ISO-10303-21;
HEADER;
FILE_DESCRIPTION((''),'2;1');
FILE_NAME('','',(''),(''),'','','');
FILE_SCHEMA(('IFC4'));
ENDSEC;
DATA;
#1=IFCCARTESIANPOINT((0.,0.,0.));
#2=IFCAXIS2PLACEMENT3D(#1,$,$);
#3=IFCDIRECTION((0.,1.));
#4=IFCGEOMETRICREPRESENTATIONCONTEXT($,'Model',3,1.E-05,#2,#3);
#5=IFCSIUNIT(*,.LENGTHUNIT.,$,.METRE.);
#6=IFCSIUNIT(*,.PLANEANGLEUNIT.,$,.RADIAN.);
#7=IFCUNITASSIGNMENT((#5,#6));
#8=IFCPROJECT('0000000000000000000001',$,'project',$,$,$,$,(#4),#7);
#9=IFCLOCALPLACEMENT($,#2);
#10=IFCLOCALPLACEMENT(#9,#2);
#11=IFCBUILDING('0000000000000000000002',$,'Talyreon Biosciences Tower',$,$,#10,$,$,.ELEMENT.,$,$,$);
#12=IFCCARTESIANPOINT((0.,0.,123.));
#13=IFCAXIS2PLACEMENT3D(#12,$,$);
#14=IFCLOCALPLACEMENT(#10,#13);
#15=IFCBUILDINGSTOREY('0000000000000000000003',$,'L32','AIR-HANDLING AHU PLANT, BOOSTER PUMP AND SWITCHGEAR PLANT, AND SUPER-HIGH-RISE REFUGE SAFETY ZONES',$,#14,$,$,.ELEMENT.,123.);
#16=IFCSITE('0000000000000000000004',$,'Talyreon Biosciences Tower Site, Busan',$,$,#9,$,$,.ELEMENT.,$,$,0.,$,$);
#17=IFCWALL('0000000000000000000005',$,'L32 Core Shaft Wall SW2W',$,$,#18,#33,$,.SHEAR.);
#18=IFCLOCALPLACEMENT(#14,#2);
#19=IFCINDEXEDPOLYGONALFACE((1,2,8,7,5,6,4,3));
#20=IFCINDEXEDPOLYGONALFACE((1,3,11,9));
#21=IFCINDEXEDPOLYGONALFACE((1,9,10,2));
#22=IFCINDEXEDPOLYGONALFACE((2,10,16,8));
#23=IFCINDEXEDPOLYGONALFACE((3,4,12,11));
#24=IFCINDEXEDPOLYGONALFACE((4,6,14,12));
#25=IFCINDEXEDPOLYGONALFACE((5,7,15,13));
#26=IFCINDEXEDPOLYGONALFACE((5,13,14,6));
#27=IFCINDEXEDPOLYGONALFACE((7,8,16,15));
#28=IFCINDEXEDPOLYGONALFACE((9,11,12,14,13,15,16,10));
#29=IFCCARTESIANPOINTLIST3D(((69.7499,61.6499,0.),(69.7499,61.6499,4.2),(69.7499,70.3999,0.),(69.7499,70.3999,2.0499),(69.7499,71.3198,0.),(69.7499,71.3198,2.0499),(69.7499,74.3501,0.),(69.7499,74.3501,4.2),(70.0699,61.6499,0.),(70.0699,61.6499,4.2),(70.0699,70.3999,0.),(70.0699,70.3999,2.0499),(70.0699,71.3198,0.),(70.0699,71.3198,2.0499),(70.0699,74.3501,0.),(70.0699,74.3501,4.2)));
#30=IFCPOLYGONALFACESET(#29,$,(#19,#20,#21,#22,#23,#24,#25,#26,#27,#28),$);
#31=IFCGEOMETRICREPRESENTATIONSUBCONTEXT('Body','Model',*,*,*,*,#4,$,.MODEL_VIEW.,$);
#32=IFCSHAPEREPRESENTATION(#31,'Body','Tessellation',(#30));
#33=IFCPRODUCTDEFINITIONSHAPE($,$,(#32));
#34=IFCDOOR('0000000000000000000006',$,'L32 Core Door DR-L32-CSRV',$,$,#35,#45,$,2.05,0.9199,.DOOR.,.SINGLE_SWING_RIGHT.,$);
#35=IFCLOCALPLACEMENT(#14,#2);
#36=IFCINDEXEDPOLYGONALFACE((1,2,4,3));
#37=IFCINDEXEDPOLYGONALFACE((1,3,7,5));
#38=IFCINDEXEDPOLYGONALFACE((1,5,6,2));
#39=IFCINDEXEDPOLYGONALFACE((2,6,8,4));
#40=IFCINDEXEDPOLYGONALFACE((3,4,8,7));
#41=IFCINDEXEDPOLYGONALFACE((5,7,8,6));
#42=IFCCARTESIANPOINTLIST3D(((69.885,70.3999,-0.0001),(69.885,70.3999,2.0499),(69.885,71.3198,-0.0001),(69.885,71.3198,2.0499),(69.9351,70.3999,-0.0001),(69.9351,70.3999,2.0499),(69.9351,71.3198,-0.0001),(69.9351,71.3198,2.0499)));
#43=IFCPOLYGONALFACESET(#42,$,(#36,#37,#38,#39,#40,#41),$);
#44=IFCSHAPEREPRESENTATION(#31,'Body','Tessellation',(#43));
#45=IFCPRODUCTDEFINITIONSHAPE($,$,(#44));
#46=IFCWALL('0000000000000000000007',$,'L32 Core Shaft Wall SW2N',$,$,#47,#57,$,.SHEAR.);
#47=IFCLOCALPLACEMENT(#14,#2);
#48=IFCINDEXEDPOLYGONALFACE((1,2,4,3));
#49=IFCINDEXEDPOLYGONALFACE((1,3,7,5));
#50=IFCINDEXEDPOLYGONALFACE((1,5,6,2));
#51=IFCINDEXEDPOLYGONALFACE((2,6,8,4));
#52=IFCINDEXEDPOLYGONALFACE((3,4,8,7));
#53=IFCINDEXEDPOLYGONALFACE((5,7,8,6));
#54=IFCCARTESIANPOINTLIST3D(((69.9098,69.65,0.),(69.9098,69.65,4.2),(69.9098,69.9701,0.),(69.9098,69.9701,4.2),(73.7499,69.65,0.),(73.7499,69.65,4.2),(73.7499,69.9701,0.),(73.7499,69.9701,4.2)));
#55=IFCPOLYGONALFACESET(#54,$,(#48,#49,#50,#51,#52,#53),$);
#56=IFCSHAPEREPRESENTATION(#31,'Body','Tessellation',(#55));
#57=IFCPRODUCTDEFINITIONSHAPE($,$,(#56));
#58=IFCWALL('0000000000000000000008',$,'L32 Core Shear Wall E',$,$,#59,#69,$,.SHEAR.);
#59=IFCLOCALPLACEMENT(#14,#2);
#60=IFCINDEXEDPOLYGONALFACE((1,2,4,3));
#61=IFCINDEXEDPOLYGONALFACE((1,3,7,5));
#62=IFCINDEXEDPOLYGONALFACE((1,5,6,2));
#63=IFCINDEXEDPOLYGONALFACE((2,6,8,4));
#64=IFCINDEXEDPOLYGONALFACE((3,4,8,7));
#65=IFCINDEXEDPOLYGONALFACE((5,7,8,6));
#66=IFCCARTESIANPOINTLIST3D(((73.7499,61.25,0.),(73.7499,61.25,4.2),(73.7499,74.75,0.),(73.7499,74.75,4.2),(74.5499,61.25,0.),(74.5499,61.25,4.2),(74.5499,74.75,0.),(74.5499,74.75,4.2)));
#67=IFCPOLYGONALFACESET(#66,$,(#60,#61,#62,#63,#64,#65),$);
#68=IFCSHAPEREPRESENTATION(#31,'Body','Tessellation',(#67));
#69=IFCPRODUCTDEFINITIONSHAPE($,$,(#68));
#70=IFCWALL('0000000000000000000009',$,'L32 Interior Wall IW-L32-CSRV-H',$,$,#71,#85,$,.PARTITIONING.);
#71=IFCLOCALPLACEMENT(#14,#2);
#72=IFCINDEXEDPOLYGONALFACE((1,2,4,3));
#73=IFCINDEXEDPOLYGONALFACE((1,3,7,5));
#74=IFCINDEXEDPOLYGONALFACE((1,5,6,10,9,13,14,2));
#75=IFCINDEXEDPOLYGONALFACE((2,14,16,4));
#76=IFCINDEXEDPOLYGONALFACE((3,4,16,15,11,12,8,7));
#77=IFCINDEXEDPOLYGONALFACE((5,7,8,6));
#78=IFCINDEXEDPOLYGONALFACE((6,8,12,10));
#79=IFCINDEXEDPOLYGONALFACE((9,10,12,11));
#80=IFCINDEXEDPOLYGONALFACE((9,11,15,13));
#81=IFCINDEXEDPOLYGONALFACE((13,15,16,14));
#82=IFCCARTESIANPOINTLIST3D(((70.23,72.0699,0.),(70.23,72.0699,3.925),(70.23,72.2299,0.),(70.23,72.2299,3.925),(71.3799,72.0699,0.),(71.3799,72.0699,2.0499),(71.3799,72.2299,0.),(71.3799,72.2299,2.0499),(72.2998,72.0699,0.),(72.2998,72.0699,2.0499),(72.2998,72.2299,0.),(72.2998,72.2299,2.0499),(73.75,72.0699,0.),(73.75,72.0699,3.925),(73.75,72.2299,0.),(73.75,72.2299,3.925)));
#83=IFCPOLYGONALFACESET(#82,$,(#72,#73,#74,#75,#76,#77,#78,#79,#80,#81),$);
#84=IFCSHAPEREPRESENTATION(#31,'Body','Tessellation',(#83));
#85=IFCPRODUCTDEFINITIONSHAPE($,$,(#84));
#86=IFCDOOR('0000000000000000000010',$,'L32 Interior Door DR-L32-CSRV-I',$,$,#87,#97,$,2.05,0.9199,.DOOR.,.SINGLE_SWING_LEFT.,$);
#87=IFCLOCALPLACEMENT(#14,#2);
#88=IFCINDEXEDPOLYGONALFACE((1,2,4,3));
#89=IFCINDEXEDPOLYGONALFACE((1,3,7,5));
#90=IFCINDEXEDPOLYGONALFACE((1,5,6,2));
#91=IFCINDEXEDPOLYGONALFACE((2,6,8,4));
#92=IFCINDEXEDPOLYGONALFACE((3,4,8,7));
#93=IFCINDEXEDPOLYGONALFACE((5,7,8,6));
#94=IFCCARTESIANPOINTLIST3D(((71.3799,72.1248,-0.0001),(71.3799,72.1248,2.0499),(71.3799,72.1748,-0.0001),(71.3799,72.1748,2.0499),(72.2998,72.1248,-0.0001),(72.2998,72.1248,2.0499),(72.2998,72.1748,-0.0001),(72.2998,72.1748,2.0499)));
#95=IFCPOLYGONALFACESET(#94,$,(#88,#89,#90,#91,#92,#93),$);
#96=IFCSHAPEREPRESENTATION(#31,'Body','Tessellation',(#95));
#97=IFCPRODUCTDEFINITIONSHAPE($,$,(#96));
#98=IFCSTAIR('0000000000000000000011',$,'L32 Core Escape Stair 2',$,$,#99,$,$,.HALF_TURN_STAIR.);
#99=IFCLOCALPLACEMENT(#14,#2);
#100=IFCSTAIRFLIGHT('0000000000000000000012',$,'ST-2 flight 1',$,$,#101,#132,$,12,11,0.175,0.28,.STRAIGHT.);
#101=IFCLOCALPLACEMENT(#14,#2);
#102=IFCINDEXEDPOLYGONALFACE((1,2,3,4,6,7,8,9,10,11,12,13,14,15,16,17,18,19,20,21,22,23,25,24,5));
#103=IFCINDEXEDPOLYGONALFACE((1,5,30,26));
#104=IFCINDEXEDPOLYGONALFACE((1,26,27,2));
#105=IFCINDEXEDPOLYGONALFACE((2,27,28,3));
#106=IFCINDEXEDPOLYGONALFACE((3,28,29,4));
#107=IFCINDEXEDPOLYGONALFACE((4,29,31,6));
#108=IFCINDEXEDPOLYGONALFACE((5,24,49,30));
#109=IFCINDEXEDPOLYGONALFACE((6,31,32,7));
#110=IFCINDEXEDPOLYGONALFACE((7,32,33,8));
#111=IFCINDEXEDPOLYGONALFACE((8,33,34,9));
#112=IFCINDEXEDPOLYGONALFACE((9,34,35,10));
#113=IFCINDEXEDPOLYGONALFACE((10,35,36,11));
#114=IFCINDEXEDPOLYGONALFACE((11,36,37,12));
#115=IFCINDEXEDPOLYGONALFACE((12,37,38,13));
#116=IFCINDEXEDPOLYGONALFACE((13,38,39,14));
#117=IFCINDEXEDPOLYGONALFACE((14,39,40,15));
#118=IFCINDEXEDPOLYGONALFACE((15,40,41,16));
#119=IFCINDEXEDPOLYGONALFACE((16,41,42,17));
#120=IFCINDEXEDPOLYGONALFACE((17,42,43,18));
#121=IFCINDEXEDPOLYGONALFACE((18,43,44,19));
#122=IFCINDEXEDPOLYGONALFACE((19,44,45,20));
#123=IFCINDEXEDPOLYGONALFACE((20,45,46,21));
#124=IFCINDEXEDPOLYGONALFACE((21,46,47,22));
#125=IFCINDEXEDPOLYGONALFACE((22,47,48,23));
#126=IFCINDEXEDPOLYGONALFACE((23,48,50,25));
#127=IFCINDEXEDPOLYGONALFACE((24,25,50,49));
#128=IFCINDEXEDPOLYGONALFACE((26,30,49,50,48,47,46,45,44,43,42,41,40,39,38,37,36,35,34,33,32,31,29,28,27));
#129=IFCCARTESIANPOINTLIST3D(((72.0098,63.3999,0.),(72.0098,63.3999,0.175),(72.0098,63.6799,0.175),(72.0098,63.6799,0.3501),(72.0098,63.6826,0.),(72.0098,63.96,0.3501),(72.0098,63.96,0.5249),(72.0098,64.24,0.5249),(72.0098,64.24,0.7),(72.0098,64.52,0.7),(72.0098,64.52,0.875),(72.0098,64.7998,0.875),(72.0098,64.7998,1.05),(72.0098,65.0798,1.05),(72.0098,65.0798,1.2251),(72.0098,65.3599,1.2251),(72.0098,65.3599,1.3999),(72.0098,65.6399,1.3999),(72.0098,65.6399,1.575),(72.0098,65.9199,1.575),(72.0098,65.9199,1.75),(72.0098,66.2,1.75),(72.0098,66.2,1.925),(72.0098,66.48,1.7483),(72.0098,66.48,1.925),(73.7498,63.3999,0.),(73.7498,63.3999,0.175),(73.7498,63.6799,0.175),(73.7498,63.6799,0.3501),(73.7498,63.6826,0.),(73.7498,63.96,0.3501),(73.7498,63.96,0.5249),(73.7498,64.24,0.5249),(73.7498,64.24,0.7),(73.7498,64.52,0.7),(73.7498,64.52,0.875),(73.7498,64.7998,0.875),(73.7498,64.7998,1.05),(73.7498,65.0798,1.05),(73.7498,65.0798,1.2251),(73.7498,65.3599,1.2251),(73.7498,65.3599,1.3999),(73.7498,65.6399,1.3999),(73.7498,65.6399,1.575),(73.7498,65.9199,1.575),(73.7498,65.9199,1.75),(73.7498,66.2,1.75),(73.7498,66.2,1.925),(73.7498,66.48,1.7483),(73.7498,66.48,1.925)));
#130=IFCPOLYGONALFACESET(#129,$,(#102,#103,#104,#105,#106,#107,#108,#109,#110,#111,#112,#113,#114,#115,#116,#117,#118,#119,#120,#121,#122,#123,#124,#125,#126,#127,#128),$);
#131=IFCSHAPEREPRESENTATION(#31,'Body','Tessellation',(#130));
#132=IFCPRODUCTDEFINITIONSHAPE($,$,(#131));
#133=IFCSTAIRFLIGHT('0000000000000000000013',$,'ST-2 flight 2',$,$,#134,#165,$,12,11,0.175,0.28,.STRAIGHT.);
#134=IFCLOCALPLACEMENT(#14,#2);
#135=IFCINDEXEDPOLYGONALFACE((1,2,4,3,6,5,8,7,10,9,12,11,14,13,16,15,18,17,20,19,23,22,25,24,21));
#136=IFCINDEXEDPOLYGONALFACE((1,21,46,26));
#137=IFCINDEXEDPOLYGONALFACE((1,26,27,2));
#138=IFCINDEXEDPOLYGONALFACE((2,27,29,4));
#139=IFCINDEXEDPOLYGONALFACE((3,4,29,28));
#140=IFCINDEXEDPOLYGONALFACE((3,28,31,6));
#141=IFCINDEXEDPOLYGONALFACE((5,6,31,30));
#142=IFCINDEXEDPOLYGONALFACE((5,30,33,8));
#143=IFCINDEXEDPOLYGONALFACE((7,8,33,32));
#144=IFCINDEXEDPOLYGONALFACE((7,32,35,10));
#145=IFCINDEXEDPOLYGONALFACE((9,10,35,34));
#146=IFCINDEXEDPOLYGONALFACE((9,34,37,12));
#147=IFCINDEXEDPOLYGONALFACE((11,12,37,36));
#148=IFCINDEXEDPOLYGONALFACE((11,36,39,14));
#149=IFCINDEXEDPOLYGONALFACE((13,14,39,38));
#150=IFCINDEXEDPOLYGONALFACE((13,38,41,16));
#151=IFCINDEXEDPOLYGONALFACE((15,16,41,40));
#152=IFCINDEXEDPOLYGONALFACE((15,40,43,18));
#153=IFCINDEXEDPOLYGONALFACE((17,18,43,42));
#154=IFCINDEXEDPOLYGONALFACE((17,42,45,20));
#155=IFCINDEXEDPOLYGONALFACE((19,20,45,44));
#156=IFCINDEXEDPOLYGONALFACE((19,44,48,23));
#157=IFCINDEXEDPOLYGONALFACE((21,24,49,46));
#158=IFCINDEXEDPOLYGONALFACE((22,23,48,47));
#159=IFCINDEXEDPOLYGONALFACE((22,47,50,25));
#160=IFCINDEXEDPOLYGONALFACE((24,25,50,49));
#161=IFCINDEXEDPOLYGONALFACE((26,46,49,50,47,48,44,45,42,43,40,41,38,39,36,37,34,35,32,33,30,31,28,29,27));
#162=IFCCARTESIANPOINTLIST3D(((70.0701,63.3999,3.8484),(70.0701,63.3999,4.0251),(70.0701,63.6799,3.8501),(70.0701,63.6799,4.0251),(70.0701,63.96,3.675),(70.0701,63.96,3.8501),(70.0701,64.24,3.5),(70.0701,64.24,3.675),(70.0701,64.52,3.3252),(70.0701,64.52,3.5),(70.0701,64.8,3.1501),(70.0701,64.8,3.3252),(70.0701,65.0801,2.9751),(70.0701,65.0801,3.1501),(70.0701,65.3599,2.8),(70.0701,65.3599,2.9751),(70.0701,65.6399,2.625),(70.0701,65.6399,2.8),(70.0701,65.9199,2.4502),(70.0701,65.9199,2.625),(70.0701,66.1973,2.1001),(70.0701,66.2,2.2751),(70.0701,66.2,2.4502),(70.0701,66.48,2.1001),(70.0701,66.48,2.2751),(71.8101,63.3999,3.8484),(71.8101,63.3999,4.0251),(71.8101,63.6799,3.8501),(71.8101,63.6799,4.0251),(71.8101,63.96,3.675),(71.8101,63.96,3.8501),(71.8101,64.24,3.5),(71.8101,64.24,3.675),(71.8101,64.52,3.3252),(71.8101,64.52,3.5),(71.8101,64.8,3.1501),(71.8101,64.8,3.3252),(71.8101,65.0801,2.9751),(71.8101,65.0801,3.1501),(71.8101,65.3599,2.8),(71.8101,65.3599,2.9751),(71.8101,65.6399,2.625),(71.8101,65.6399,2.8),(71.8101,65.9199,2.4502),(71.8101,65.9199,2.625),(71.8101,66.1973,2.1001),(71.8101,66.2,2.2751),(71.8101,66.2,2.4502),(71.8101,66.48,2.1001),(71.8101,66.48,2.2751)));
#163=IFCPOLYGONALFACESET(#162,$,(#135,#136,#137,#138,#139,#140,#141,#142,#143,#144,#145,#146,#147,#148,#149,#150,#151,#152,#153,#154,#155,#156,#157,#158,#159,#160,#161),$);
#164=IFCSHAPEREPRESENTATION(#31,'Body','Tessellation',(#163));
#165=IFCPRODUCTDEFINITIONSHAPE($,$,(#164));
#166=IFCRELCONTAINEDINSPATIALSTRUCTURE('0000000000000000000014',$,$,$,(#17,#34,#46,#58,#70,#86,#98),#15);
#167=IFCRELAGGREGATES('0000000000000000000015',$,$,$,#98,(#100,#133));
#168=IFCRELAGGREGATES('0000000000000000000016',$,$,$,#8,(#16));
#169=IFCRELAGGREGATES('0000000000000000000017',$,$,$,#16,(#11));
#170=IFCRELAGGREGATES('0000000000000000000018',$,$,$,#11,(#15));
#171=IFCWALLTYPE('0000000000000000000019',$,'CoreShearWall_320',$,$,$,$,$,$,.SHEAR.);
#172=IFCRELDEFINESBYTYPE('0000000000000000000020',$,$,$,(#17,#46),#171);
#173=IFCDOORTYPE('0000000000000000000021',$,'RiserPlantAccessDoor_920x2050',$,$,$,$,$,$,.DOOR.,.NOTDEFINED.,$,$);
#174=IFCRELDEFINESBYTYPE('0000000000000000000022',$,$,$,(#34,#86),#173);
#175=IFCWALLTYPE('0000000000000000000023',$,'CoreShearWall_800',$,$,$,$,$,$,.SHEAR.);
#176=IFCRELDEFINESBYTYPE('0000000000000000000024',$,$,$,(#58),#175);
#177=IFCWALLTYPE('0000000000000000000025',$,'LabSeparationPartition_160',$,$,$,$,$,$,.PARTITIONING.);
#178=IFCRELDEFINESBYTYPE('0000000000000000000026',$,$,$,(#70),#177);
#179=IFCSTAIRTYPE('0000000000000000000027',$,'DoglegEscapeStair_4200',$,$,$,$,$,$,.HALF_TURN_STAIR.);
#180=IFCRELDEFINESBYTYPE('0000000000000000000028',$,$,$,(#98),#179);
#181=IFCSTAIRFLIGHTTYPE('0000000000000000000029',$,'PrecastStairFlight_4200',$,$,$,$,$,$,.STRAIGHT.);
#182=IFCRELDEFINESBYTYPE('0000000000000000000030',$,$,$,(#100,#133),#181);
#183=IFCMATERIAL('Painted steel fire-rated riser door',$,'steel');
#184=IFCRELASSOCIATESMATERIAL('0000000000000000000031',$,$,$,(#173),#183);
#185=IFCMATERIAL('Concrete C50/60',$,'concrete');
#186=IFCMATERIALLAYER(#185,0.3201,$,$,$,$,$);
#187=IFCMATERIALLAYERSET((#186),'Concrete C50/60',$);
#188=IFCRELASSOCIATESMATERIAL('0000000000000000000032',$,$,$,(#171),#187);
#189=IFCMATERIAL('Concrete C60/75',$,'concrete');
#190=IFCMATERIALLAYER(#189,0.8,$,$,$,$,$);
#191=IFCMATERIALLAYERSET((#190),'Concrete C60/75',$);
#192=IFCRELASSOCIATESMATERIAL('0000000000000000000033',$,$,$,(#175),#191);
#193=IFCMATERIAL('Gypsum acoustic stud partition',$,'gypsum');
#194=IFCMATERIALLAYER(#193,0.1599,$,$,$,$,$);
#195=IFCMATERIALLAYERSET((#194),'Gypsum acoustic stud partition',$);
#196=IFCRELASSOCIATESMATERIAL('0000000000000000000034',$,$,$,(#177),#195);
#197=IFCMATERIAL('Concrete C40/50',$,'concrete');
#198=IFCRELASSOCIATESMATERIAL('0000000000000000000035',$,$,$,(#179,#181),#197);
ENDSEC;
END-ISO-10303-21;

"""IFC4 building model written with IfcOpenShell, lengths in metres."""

from ifc_helpers import new_model, si_unit, direction, frame, frame_2d, origin, place, context, subcontext, project, spatial, polyline, rectangle, outline, extrude, material, layer, layer_set, type_object, element, fill, aggregate, save


model = new_model("IFC4")

# Units and contexts
model_context = context("Model", 3, precision=1e-05, world=origin(), true_north=direction((0.0, 1.0)))
body_context = subcontext(model_context, "Body", "Model", "MODEL_VIEW")
ifc_project = project(units=[si_unit("LENGTHUNIT", "METRE"), si_unit("PLANEANGLEUNIT", "RADIAN")], contexts=[model_context])

# Site, building, storey
site_placement = place(None, origin())
site = spatial("IfcSite", under=ifc_project, at=site_placement, Name="Talyreon Biosciences Tower Site, Busan", CompositionType="ELEMENT", RefElevation=0.0)
building_placement = place(site_placement, origin())
building = spatial("IfcBuilding", under=site, at=building_placement, Name="Talyreon Biosciences Tower", CompositionType="ELEMENT")
storey_placement = place(building_placement, frame((0.0, 0.0, 123.0)))
storey = spatial("IfcBuildingStorey", under=building, at=storey_placement, Name="L32", Description="AIR-HANDLING AHU PLANT, BOOSTER PUMP AND SWITCHGEAR PLANT, AND SUPER-HIGH-RISE REFUGE SAFETY ZONES", CompositionType="ELEMENT", Elevation=123.0)

# Shared definitions
ifc_material_1 = material(Name="Concrete C50/60", Category="concrete")

# Shared definitions
ifc_material_2 = material(Name="Painted steel fire-rated riser door", Category="steel")
door_type = type_object("IfcDoorType", Name="RiserPlantAccessDoor_920x2050", OperationType="NOTDEFINED", PredefinedType="DOOR", material=ifc_material_2)

# Wall, opening, door
ifc_layer_1 = layer(ifc_material_1, 0.3201)
ifc_layer_set_1 = layer_set([ifc_layer_1], Name="Concrete C50/60")
wall_type_1 = type_object("IfcWallType", Name="CoreShearWall_320", PredefinedType="SHEAR", material=ifc_layer_set_1)
wall_1_placement = place(storey_placement, frame((69.9099, 61.6499, 0.0), z_axis=(0.0, 0.0, 1.0), x_axis=(0.0, 1.0, 0.0)))
wall_1 = element("IfcWall", 1, at=wall_1_placement, inside=storey, type_object=wall_type_1, Name="L32 Core Shaft Wall SW2W", PredefinedType="SHEAR", context=body_context, shape_type="SweptSolid", body=[
    extrude(rectangle(XDim=12.7002, YDim=0.3201, at=frame_2d((6.3501, 0.0))), origin(), (0.0, 0.0, 1.0), 4.2),
])
opening_1_placement = place(wall_1_placement, frame((8.75, 0.0, 0.0)))
opening_1 = element("IfcOpeningElement", 2, at=opening_1_placement, cuts=wall_1, PredefinedType="OPENING", context=body_context, shape_type="SweptSolid", body=[
    extrude(rectangle(XDim=0.9199, YDim=2.05, at=frame_2d((0.46, 1.0249))), frame((0.0, 0.1699, 0.0), z_axis=(0.0, -1.0, 0.0), x_axis=(1.0, 0.0, 0.0)), (0.0, 0.0, 1.0), 0.3401),
])
door_1_placement = place(opening_1_placement, origin())
door_1 = element("IfcDoor", 3, at=door_1_placement, inside=storey, type_object=door_type, Name="L32 Core Door DR-L32-CSRV", OperationType="SINGLE_SWING_RIGHT", OverallHeight=2.05, OverallWidth=0.9199, PredefinedType="DOOR", context=body_context, shape_type="SweptSolid", body=[
    extrude(rectangle(XDim=0.9199, YDim=2.05, at=frame_2d((0.46, 1.0249))), frame((0.0, 0.0249, 0.0), z_axis=(0.0, -1.0, 0.0), x_axis=(1.0, 0.0, 0.0)), (0.0, 0.0, 1.0), 0.05),
])
fill(opening_1, door_1)

# Walls
wall_2_placement = place(storey_placement, frame((69.9099, 69.8101, 0.0), z_axis=(0.0, 0.0, 1.0), x_axis=(1.0, 0.0, 0.0)))
element("IfcWall", 4, at=wall_2_placement, inside=storey, type_object=wall_type_1, Name="L32 Core Shaft Wall SW2N", PredefinedType="SHEAR", context=body_context, shape_type="SweptSolid", body=[
    extrude(rectangle(XDim=3.8401, YDim=0.3201, at=frame_2d((1.9199, 0.0))), origin(), (0.0, 0.0, 1.0), 4.2),
])
ifc_material_3 = material(Name="Concrete C60/75", Category="concrete")
ifc_layer_2 = layer(ifc_material_3, 0.8)
ifc_layer_set_2 = layer_set([ifc_layer_2], Name="Concrete C60/75")
wall_type_2 = type_object("IfcWallType", Name="CoreShearWall_800", PredefinedType="SHEAR", material=ifc_layer_set_2)
wall_3_placement = place(storey_placement, frame((74.1499, 61.25, 0.0), z_axis=(0.0, 0.0, 1.0), x_axis=(0.0, 1.0, 0.0)))
element("IfcWall", 5, at=wall_3_placement, inside=storey, type_object=wall_type_2, Name="L32 Core Shear Wall E", PredefinedType="SHEAR", context=body_context, shape_type="SweptSolid", body=[
    extrude(rectangle(XDim=13.5, YDim=0.8, at=frame_2d((6.75, 0.0))), origin(), (0.0, 0.0, 1.0), 4.2),
])

# Wall, opening, door
ifc_material_4 = material(Name="Gypsum acoustic stud partition", Category="gypsum")
ifc_layer_3 = layer(ifc_material_4, 0.1599)
ifc_layer_set_3 = layer_set([ifc_layer_3], Name="Gypsum acoustic stud partition")
wall_type_3 = type_object("IfcWallType", Name="LabSeparationPartition_160", PredefinedType="PARTITIONING", material=ifc_layer_set_3)
wall_4_placement = place(storey_placement, frame((70.23, 72.1499, 0.0), z_axis=(0.0, 0.0, 1.0), x_axis=(1.0, 0.0, 0.0)))
wall_4 = element("IfcWall", 6, at=wall_4_placement, inside=storey, type_object=wall_type_3, Name="L32 Interior Wall IW-L32-CSRV-H", PredefinedType="PARTITIONING", context=body_context, shape_type="SweptSolid", body=[
    extrude(rectangle(XDim=3.52, YDim=0.1599, at=frame_2d((1.76, 0.0))), origin(), (0.0, 0.0, 1.0), 3.925),
])
opening_2_placement = place(wall_4_placement, frame((1.1499, 0.0, 0.0)))
opening_2 = element("IfcOpeningElement", 7, at=opening_2_placement, cuts=wall_4, PredefinedType="OPENING", context=body_context, shape_type="SweptSolid", body=[
    extrude(rectangle(XDim=0.9199, YDim=2.05, at=frame_2d((0.46, 1.0249))), frame((0.0, 0.0898, 0.0), z_axis=(0.0, -1.0, 0.0), x_axis=(1.0, 0.0, 0.0)), (0.0, 0.0, 1.0), 0.1799),
])
door_2_placement = place(opening_2_placement, origin())
door_2 = element("IfcDoor", 8, at=door_2_placement, inside=storey, type_object=door_type, Name="L32 Interior Door DR-L32-CSRV-I", OperationType="SINGLE_SWING_LEFT", OverallHeight=2.05, OverallWidth=0.9199, PredefinedType="DOOR", context=body_context, shape_type="SweptSolid", body=[
    extrude(rectangle(XDim=0.9199, YDim=2.05, at=frame_2d((0.46, 1.0249))), frame((0.0, 0.0249, 0.0), z_axis=(0.0, -1.0, 0.0), x_axis=(1.0, 0.0, 0.0)), (0.0, 0.0, 1.0), 0.05),
])
fill(opening_2, door_2)

# Stair, stair flights
ifc_material_5 = material(Name="Concrete C40/50", Category="concrete")
stair_type = type_object("IfcStairType", Name="DoglegEscapeStair_4200", PredefinedType="HALF_TURN_STAIR", material=ifc_material_5)
stair_placement = place(storey_placement, origin())
stair = element("IfcStair", 9, at=stair_placement, inside=storey, type_object=stair_type, Name="L32 Core Escape Stair 2", PredefinedType="HALF_TURN_STAIR")
stair_flight_type = type_object("IfcStairFlightType", Name="PrecastStairFlight_4200", PredefinedType="STRAIGHT", material=ifc_material_5)
stair_flight_1_placement = place(storey_placement, frame((72.8799, 63.3999, 0.0), z_axis=(0.0, 0.0, 1.0), x_axis=(0.0, 1.0, 0.0)))
stair_flight_1 = element("IfcStairFlight", 10, at=stair_flight_1_placement, type_object=stair_flight_type, Name="ST-2 flight 1", NumberOfRisers=12, NumberOfTreads=11, PredefinedType="STRAIGHT", RiserHeight=0.175, TreadLength=0.28, context=body_context, shape_type="SweptSolid", body=[
    extrude(outline(polyline([(0.0, 0.0), (0.0, 0.175), (0.28, 0.175), (0.28, 0.3501), (0.5601, 0.3501), (0.5601, 0.5249), (0.8401, 0.5249), (0.8401, 0.7), (1.1201, 0.7), (1.1201, 0.875), (1.3999, 0.875), (1.3999, 1.05), (1.6799, 1.05), (1.6799, 1.2251), (1.96, 1.2251), (1.96, 1.3999), (2.24, 1.3999), (2.24, 1.575), (2.52, 1.575), (2.52, 1.75), (2.8, 1.75), (2.8, 1.925), (3.0801, 1.925), (3.0801, 2.1001), (3.0801, 1.7483), (0.2827, 0.0), (0.0, 0.0)])), frame((0.0, 0.8701, 0.0), z_axis=(0.0, -1.0, 0.0), x_axis=(1.0, 0.0, 0.0)), (0.0, 0.0, 1.0), 1.74),
])
stair_flight_2_placement = place(storey_placement, frame((70.9399, 66.48, 2.1001), z_axis=(0.0, 0.0, 1.0), x_axis=(0.0, -1.0, 0.0)))
stair_flight_2 = element("IfcStairFlight", 11, at=stair_flight_2_placement, type_object=stair_flight_type, Name="ST-2 flight 2", NumberOfRisers=12, NumberOfTreads=11, PredefinedType="STRAIGHT", RiserHeight=0.175, TreadLength=0.28, context=body_context, shape_type="SweptSolid", body=[
    extrude(outline(polyline([(0.0, 0.0), (0.0, 0.175), (0.28, 0.175), (0.28, 0.3501), (0.5601, 0.3501), (0.5601, 0.5249), (0.8401, 0.5249), (0.8401, 0.7), (1.1201, 0.7), (1.1201, 0.875), (1.3999, 0.875), (1.3999, 1.05), (1.6799, 1.05), (1.6799, 1.2251), (1.96, 1.2251), (1.96, 1.3999), (2.24, 1.3999), (2.24, 1.575), (2.52, 1.575), (2.52, 1.75), (2.8, 1.75), (2.8, 1.925), (3.0801, 1.925), (3.0801, 2.1001), (3.0801, 1.7483), (0.2827, 0.0), (0.0, 0.0)])), frame((0.0, 0.8701, 0.0), z_axis=(0.0, -1.0, 0.0), x_axis=(1.0, 0.0, 0.0)), (0.0, 0.0, 1.0), 1.74),
])
aggregate(stair, [stair_flight_1, stair_flight_2])

save(model, "model.ifc")
